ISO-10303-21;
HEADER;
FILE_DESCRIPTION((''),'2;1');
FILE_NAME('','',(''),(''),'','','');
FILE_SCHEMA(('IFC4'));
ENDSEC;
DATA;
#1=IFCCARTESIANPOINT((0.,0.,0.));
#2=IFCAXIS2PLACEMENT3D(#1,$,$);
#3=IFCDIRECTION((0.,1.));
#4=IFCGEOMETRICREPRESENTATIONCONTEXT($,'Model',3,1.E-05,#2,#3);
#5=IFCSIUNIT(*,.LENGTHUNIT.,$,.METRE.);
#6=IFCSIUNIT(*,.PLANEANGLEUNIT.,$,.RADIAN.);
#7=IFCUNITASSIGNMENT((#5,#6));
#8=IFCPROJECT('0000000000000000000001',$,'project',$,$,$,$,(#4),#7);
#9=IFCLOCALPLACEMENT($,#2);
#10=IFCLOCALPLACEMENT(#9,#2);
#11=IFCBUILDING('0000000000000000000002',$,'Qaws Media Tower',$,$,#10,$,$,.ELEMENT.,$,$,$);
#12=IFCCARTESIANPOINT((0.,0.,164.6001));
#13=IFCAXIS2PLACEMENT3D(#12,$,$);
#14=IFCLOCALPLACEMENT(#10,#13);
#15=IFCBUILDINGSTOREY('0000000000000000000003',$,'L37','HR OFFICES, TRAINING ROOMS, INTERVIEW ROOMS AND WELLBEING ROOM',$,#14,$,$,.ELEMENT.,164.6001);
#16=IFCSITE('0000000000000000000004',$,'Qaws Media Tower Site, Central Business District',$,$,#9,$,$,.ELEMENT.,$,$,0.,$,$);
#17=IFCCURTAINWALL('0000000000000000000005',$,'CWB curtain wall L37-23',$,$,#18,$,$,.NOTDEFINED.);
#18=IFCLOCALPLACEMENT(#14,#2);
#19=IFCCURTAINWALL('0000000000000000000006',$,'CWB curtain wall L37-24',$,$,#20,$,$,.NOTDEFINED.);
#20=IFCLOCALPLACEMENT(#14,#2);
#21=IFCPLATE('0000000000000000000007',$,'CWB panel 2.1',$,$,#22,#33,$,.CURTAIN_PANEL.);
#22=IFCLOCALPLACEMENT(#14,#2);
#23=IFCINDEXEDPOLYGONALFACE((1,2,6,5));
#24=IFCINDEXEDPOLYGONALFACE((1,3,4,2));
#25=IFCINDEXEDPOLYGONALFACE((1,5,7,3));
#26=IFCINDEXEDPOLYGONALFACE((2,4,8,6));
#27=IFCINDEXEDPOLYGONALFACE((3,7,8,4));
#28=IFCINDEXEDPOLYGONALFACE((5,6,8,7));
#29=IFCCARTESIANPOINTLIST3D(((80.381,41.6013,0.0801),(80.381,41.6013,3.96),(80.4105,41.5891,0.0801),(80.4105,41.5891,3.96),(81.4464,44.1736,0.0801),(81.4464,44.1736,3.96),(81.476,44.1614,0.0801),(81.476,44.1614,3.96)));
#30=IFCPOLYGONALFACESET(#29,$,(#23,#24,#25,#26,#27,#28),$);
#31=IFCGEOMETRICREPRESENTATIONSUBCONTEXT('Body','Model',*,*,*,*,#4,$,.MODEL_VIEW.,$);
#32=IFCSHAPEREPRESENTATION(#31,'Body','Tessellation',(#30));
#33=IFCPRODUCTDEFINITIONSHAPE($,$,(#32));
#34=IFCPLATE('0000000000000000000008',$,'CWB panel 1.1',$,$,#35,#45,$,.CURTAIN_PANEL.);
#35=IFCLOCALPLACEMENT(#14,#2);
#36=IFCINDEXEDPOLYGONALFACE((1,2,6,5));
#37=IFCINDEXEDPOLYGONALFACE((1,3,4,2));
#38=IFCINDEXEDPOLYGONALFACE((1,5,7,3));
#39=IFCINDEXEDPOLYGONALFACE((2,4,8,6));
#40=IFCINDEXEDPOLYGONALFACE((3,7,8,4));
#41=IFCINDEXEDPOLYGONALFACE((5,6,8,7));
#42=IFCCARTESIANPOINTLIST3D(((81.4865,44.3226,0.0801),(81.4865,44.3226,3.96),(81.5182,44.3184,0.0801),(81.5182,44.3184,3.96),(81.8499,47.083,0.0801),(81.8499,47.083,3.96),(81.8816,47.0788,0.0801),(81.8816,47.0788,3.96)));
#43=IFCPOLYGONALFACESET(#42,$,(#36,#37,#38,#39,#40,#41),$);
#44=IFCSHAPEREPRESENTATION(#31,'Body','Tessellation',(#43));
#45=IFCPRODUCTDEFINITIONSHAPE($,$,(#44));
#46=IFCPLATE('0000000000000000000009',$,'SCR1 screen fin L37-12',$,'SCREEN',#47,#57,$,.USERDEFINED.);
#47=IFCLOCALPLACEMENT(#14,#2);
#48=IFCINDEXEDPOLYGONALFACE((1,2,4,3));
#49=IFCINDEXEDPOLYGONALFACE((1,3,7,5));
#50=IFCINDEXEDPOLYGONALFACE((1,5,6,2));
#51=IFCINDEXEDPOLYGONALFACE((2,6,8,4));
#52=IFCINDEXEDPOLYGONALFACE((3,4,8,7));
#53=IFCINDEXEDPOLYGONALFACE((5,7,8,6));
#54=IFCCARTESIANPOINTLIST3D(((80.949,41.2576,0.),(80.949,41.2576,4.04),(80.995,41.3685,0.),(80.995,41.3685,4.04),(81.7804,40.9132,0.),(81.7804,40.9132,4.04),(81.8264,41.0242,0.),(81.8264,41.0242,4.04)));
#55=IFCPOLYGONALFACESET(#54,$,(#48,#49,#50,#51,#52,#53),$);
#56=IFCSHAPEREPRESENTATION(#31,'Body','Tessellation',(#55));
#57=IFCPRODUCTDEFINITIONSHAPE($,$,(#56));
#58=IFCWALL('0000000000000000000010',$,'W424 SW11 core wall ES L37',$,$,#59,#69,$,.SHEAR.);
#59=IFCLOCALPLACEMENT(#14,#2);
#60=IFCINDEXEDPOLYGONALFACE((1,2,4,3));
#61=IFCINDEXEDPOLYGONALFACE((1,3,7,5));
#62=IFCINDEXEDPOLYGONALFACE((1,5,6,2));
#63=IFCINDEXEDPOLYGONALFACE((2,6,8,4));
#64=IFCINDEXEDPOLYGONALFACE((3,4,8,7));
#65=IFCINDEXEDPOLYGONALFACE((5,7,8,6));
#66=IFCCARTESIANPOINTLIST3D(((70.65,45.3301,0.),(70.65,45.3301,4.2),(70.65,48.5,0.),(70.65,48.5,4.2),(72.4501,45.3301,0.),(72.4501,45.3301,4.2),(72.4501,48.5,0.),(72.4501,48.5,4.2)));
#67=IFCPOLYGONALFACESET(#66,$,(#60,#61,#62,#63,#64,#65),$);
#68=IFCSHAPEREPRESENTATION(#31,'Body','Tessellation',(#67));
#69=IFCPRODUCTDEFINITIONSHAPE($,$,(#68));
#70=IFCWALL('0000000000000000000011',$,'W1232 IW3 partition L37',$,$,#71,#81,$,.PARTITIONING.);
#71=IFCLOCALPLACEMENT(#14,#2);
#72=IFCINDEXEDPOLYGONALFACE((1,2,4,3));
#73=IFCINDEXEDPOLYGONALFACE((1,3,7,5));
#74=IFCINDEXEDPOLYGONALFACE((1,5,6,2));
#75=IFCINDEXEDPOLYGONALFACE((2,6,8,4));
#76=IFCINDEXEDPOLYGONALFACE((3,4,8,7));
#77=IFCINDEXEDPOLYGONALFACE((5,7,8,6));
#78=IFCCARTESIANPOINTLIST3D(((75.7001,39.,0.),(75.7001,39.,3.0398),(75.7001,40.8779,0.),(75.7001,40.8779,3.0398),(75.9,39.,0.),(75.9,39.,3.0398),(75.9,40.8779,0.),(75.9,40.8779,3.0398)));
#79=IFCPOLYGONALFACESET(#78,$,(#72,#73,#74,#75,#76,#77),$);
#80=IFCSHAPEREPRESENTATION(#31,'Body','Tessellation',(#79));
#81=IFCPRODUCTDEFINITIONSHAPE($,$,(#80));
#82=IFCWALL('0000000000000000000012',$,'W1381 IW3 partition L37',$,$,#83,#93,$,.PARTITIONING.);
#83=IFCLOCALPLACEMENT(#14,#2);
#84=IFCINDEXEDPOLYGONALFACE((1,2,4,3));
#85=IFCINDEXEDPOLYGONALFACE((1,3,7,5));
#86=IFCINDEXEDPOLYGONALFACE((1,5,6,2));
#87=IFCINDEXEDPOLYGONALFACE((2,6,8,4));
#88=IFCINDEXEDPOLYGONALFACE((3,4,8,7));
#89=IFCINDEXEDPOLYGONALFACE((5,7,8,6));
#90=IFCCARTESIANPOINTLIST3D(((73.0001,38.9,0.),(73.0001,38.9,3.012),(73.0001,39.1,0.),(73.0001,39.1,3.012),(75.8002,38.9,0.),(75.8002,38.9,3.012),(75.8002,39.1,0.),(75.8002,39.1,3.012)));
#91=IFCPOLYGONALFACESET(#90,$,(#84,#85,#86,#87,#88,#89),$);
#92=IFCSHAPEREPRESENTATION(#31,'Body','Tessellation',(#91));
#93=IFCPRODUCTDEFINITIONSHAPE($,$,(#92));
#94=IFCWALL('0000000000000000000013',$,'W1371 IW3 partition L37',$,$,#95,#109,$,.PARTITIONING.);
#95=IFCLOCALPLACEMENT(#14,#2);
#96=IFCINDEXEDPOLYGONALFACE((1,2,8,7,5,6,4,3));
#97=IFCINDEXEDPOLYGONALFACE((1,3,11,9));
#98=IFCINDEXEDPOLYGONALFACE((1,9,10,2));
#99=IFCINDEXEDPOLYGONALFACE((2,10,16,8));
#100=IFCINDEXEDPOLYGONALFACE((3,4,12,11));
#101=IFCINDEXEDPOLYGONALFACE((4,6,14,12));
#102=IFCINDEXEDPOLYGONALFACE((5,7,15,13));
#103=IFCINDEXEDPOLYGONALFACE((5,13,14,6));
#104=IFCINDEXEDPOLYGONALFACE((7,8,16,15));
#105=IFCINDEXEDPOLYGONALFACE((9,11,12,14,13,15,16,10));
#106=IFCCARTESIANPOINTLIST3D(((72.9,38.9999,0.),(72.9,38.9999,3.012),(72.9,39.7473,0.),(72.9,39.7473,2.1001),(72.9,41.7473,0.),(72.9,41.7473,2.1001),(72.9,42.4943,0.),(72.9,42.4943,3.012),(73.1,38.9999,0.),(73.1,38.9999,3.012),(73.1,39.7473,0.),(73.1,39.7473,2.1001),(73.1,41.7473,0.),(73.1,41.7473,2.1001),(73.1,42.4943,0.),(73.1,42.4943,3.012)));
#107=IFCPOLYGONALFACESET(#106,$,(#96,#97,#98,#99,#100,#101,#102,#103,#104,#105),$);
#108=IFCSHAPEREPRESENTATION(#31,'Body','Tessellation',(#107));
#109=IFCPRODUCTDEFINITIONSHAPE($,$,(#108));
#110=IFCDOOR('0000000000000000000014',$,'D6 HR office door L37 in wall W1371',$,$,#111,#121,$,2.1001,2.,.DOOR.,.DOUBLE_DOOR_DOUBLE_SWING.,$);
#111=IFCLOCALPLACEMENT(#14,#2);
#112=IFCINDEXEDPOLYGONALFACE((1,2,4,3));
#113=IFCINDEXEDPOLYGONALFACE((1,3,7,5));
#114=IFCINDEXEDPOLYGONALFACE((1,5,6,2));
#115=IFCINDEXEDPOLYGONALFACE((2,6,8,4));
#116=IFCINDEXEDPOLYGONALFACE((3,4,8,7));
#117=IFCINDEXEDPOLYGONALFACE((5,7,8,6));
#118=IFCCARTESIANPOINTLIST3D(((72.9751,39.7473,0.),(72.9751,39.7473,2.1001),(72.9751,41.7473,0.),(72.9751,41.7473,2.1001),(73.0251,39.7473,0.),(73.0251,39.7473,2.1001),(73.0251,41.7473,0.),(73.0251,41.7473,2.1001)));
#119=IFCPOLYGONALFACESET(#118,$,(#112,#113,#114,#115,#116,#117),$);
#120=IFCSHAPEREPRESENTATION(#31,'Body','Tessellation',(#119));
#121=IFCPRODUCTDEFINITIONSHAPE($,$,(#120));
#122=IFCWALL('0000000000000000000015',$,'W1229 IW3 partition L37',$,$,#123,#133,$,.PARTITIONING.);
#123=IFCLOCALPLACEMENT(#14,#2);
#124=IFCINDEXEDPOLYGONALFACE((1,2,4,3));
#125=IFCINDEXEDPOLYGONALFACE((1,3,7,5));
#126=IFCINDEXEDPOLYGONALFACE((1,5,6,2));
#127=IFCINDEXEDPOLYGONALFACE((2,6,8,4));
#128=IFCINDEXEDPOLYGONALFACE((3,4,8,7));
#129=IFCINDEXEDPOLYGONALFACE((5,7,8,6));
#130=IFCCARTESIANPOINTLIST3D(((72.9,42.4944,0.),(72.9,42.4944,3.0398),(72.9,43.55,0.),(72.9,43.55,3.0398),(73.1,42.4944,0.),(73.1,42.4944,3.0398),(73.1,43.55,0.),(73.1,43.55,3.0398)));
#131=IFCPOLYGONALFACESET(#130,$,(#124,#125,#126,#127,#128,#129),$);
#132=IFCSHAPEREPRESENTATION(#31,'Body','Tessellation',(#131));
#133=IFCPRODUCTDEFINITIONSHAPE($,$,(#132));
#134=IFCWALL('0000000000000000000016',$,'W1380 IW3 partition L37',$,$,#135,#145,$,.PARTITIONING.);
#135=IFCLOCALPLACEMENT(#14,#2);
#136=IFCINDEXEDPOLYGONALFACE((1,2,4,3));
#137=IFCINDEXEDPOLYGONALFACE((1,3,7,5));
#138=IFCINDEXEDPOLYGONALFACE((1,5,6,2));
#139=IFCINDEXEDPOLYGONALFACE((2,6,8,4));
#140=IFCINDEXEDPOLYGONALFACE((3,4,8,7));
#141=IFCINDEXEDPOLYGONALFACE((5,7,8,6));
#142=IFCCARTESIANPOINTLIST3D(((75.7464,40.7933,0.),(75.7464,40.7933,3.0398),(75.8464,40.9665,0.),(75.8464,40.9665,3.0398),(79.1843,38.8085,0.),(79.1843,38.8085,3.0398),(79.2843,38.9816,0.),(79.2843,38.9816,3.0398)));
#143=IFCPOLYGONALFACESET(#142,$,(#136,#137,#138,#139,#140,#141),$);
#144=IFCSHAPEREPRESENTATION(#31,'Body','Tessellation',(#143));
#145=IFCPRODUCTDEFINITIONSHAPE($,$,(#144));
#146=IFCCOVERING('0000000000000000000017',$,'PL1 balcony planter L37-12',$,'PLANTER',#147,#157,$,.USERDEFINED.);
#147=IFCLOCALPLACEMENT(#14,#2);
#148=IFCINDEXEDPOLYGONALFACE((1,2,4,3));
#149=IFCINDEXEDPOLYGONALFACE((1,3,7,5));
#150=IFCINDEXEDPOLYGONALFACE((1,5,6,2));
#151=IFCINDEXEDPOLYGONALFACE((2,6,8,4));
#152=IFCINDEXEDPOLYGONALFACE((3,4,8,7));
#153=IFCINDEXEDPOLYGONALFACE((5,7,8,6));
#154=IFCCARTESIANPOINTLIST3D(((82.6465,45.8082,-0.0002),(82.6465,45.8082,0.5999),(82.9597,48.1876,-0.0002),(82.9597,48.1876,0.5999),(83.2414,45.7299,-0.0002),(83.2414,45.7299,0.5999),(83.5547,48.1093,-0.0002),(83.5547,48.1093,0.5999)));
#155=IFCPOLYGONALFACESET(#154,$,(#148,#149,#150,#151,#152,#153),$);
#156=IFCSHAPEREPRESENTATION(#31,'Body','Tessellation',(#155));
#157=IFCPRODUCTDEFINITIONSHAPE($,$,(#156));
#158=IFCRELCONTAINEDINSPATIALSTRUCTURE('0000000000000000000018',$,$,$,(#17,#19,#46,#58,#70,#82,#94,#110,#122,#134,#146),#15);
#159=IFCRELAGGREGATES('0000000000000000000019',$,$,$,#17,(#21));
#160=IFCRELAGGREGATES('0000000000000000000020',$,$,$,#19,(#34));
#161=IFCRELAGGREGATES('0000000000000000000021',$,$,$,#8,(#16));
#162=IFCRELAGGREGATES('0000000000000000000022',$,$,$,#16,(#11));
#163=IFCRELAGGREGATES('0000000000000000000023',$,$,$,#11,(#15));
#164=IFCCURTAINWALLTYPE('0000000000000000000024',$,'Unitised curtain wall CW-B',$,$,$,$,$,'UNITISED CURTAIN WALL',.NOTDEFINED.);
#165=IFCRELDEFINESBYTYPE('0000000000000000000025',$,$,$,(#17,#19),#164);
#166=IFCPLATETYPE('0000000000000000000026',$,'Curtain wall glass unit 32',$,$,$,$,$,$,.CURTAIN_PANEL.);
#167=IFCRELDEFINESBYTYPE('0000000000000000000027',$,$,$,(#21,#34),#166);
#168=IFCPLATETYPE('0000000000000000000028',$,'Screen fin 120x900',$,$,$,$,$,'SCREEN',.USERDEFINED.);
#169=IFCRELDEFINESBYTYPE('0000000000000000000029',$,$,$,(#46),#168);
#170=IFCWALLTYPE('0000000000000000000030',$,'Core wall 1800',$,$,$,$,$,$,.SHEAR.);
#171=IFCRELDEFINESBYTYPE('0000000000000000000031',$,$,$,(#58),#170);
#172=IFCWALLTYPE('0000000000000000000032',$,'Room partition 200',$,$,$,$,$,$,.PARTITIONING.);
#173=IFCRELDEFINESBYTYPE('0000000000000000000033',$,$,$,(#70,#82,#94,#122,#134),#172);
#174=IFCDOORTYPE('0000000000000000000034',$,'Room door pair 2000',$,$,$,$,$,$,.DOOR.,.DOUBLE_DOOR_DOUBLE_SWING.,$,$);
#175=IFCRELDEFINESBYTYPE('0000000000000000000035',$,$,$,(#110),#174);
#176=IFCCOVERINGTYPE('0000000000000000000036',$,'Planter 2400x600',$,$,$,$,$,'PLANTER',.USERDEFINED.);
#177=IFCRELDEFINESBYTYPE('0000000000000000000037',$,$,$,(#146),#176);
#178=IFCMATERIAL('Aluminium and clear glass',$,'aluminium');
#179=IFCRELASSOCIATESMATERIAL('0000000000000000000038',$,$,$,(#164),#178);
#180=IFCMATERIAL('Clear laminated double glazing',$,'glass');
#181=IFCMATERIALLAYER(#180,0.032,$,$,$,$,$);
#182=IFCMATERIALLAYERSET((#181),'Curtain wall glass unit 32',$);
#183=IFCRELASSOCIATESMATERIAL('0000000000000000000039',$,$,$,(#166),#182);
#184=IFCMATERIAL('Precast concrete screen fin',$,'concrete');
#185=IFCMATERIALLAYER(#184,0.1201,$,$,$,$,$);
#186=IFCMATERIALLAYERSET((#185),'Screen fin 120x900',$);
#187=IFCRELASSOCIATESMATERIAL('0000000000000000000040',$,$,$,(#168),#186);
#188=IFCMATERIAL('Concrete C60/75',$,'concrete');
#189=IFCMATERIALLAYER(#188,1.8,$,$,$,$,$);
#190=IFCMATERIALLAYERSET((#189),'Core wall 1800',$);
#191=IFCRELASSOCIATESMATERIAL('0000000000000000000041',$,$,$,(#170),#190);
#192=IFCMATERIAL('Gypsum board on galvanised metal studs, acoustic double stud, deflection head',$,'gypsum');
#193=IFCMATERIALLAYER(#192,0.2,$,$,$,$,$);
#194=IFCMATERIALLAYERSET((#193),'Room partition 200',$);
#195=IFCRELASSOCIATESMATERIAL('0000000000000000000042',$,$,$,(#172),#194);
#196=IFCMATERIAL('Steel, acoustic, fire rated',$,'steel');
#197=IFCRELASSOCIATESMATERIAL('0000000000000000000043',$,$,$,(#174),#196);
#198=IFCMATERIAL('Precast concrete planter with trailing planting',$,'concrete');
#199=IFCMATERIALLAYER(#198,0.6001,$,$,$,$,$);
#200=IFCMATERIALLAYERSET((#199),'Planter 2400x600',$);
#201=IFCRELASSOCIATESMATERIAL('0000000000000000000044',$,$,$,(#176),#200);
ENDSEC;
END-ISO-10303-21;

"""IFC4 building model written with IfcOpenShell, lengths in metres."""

from ifc_helpers import new_model, si_unit, direction, frame, frame_2d, origin, origin_2d, place, context, subcontext, project, spatial, rectangle, extrude, material, layer, layer_set, type_object, element, fill, aggregate, save


model = new_model("IFC4")

# Units and contexts
model_context = context("Model", 3, precision=1e-05, world=origin(), true_north=direction((0.0, 1.0)))
body_context = subcontext(model_context, "Body", "Model", "MODEL_VIEW")
ifc_project = project(units=[si_unit("LENGTHUNIT", "METRE"), si_unit("PLANEANGLEUNIT", "RADIAN")], contexts=[model_context])

# Site, building, storey
site_placement = place(None, origin())
site = spatial("IfcSite", under=ifc_project, at=site_placement, Name="Qaws Media Tower Site, Central Business District", CompositionType="ELEMENT", RefElevation=0.0)
building_placement = place(site_placement, origin())
building = spatial("IfcBuilding", under=site, at=building_placement, Name="Qaws Media Tower", CompositionType="ELEMENT")
storey_placement = place(building_placement, frame((0.0, 0.0, 164.6001)))
storey = spatial("IfcBuildingStorey", under=building, at=storey_placement, Name="L37", Description="HR OFFICES, TRAINING ROOMS, INTERVIEW ROOMS AND WELLBEING ROOM", CompositionType="ELEMENT", Elevation=164.6001)

# Curtain walls
ifc_material_1 = material(Name="Aluminium and clear glass", Category="aluminium")
curtain_wall_type = type_object("IfcCurtainWallType", Name="Unitised curtain wall CW-B", ElementType="UNITISED CURTAIN WALL", PredefinedType="NOTDEFINED", material=ifc_material_1)
curtain_wall_1_placement = place(storey_placement, origin())
curtain_wall_1 = element("IfcCurtainWall", 1, at=curtain_wall_1_placement, inside=storey, type_object=curtain_wall_type, Name="CWB curtain wall L37-23", PredefinedType="NOTDEFINED")
curtain_wall_2_placement = place(storey_placement, origin())
curtain_wall_2 = element("IfcCurtainWall", 2, at=curtain_wall_2_placement, inside=storey, type_object=curtain_wall_type, Name="CWB curtain wall L37-24", PredefinedType="NOTDEFINED")

# Plates
ifc_material_2 = material(Name="Clear laminated double glazing", Category="glass")
ifc_layer_1 = layer(ifc_material_2, 0.032)
ifc_layer_set_1 = layer_set([ifc_layer_1], Name="Curtain wall glass unit 32")
plate_type_1 = type_object("IfcPlateType", Name="Curtain wall glass unit 32", PredefinedType="CURTAIN_PANEL", material=ifc_layer_set_1)
plate_1_placement = place(storey_placement, frame((80.9285, 42.8813, 0.0801), z_axis=(0.0, 0.0, 1.0), x_axis=(0.382684, 0.923879, 0.0)))
plate_1 = element("IfcPlate", 3, at=plate_1_placement, type_object=plate_type_1, Name="CWB panel 2.1", PredefinedType="CURTAIN_PANEL", context=body_context, shape_type="SweptSolid", body=[
    extrude(rectangle(XDim=2.7842, YDim=0.032, at=origin_2d()), origin(), (0.0, 0.0, 1.0), 3.8799),
])
aggregate(curtain_wall_1, [plate_1])
plate_2_placement = place(storey_placement, frame((81.6841, 45.7007, 0.0801), z_axis=(0.0, 0.0, 1.0), x_axis=(0.130526, 0.991445, 0.0)))
plate_2 = element("IfcPlate", 4, at=plate_2_placement, type_object=plate_type_1, Name="CWB panel 1.1", PredefinedType="CURTAIN_PANEL", context=body_context, shape_type="SweptSolid", body=[
    extrude(rectangle(XDim=2.7842, YDim=0.032, at=origin_2d()), origin(), (0.0, 0.0, 1.0), 3.8799),
])
aggregate(curtain_wall_2, [plate_2])
ifc_material_3 = material(Name="Precast concrete screen fin", Category="concrete")
ifc_layer_2 = layer(ifc_material_3, 0.1201)
ifc_layer_set_2 = layer_set([ifc_layer_2], Name="Screen fin 120x900")
plate_type_2 = type_object("IfcPlateType", Name="Screen fin 120x900", ElementType="SCREEN", PredefinedType="USERDEFINED", material=ifc_layer_set_2)
plate_3_placement = place(storey_placement, frame((81.3877, 41.1409, 0.0), z_axis=(0.0, 0.0, 1.0), x_axis=(0.92388, -0.382683, 0.0)))
element("IfcPlate", 5, at=plate_3_placement, inside=storey, type_object=plate_type_2, Name="SCR1 screen fin L37-12", ObjectType="SCREEN", PredefinedType="USERDEFINED", context=body_context, shape_type="SweptSolid", body=[
    extrude(rectangle(XDim=0.8999, YDim=0.1201, at=origin_2d()), origin(), (0.0, 0.0, 1.0), 4.04),
])

# Walls
ifc_material_4 = material(Name="Concrete C60/75", Category="concrete")
ifc_layer_3 = layer(ifc_material_4, 1.8)
ifc_layer_set_3 = layer_set([ifc_layer_3], Name="Core wall 1800")
wall_type_1 = type_object("IfcWallType", Name="Core wall 1800", PredefinedType="SHEAR", material=ifc_layer_set_3)
wall_1_placement = place(storey_placement, frame((71.55, 45.3301, 0.0), z_axis=(0.0, 0.0, 1.0), x_axis=(0.0, 1.0, 0.0)))
element("IfcWall", 6, at=wall_1_placement, inside=storey, type_object=wall_type_1, Name="W424 SW11 core wall ES L37", PredefinedType="SHEAR", context=body_context, shape_type="SweptSolid", body=[
    extrude(rectangle(XDim=3.1699, YDim=1.8, at=frame_2d((1.585, 0.0))), origin(), (0.0, 0.0, 1.0), 4.2),
])
ifc_material_5 = material(Name="Gypsum board on galvanised metal studs, acoustic double stud, deflection head", Category="gypsum")
ifc_layer_4 = layer(ifc_material_5, 0.2)
ifc_layer_set_4 = layer_set([ifc_layer_4], Name="Room partition 200")
wall_type_2 = type_object("IfcWallType", Name="Room partition 200", PredefinedType="PARTITIONING", material=ifc_layer_set_4)
wall_2_placement = place(storey_placement, frame((75.8, 40.8779, 0.0), z_axis=(0.0, 0.0, 1.0), x_axis=(0.0, -1.0, 0.0)))
element("IfcWall", 7, at=wall_2_placement, inside=storey, type_object=wall_type_2, Name="W1232 IW3 partition L37", PredefinedType="PARTITIONING", context=body_context, shape_type="SweptSolid", body=[
    extrude(rectangle(XDim=1.8779, YDim=0.2, at=frame_2d((0.939, 0.0))), origin(), (0.0, 0.0, 1.0), 3.0398),
])
wall_3_placement = place(storey_placement, frame((75.8, 39.0, 0.0), z_axis=(0.0, 0.0, 1.0), x_axis=(-1.0, 0.0, 0.0)))
element("IfcWall", 8, at=wall_3_placement, inside=storey, type_object=wall_type_2, Name="W1381 IW3 partition L37", PredefinedType="PARTITIONING", context=body_context, shape_type="SweptSolid", body=[
    extrude(rectangle(XDim=2.8, YDim=0.2, at=frame_2d((1.3999, 0.0))), origin(), (0.0, 0.0, 1.0), 3.012),
])

# Wall, opening, door
wall_4_placement = place(storey_placement, frame((73.0, 39.0, 0.0), z_axis=(0.0, 0.0, 1.0), x_axis=(0.0, 1.0, 0.0)))
wall_4 = element("IfcWall", 9, at=wall_4_placement, inside=storey, type_object=wall_type_2, Name="W1371 IW3 partition L37", PredefinedType="PARTITIONING", context=body_context, shape_type="SweptSolid", body=[
    extrude(rectangle(XDim=3.4944, YDim=0.2, at=frame_2d((1.7471, 0.0))), origin(), (0.0, 0.0, 1.0), 3.012),
])
opening_placement = place(wall_4_placement, frame((0.7473, 0.0, 0.0)))
opening = element("IfcOpeningElement", 10, at=opening_placement, cuts=wall_4, PredefinedType="OPENING", context=body_context, shape_type="SweptSolid", body=[
    extrude(rectangle(XDim=2.0, YDim=2.1001, at=frame_2d((1.0, 1.05))), frame((0.0, 0.1099, 0.0), z_axis=(0.0, -1.0, 0.0), x_axis=(1.0, 0.0, 0.0)), (0.0, 0.0, 1.0), 0.22),
])
ifc_material_6 = material(Name="Steel, acoustic, fire rated", Category="steel")
door_type = type_object("IfcDoorType", Name="Room door pair 2000", OperationType="DOUBLE_DOOR_DOUBLE_SWING", PredefinedType="DOOR", material=ifc_material_6)
door_placement = place(opening_placement, origin())
door = element("IfcDoor", 11, at=door_placement, inside=storey, type_object=door_type, Name="D6 HR office door L37 in wall W1371", OperationType="DOUBLE_DOOR_DOUBLE_SWING", OverallHeight=2.1001, OverallWidth=2.0, PredefinedType="DOOR", context=body_context, shape_type="SweptSolid", body=[
    extrude(rectangle(XDim=2.0, YDim=2.1001, at=frame_2d((1.0, 1.05))), frame((0.0, 0.0249, 0.0), z_axis=(0.0, -1.0, 0.0), x_axis=(1.0, 0.0, 0.0)), (0.0, 0.0, 1.0), 0.05),
])
fill(opening, door)

# Walls
wall_5_placement = place(storey_placement, frame((73.0, 42.4944, 0.0), z_axis=(0.0, 0.0, 1.0), x_axis=(0.0, 1.0, 0.0)))
element("IfcWall", 12, at=wall_5_placement, inside=storey, type_object=wall_type_2, Name="W1229 IW3 partition L37", PredefinedType="PARTITIONING", context=body_context, shape_type="SweptSolid", body=[
    extrude(rectangle(XDim=1.0557, YDim=0.2, at=frame_2d((0.5278, 0.0))), origin(), (0.0, 0.0, 1.0), 3.0398),
])
wall_6_placement = place(storey_placement, frame((75.7964, 40.8799, 0.0), z_axis=(0.0, 0.0, 1.0), x_axis=(0.866032, -0.499989, 0.0)))
element("IfcWall", 13, at=wall_6_placement, inside=storey, type_object=wall_type_2, Name="W1380 IW3 partition L37", PredefinedType="PARTITIONING", context=body_context, shape_type="SweptSolid", body=[
    extrude(rectangle(XDim=3.9697, YDim=0.2, at=frame_2d((1.9849, 0.0))), origin(), (0.0, 0.0, 1.0), 3.0398),
])

# Covering
ifc_material_7 = material(Name="Precast concrete planter with trailing planting", Category="concrete")
ifc_layer_5 = layer(ifc_material_7, 0.6001)
ifc_layer_set_5 = layer_set([ifc_layer_5], Name="Planter 2400x600")
covering_type = type_object("IfcCoveringType", Name="Planter 2400x600", ElementType="PLANTER", PredefinedType="USERDEFINED", material=ifc_layer_set_5)
covering_placement = place(storey_placement, frame((83.1006, 46.9587, -0.0002), z_axis=(0.0, 0.0, 1.0), x_axis=(0.130526, 0.991445, 0.0)))
element("IfcCovering", 14, at=covering_placement, inside=storey, type_object=covering_type, Name="PL1 balcony planter L37-12", ObjectType="PLANTER", PredefinedType="USERDEFINED", context=body_context, shape_type="SweptSolid", body=[
    extrude(rectangle(XDim=2.3999, YDim=0.6001, at=origin_2d()), origin(), (0.0, 0.0, 1.0), 0.6001),
])

save(model, "model.ifc")
